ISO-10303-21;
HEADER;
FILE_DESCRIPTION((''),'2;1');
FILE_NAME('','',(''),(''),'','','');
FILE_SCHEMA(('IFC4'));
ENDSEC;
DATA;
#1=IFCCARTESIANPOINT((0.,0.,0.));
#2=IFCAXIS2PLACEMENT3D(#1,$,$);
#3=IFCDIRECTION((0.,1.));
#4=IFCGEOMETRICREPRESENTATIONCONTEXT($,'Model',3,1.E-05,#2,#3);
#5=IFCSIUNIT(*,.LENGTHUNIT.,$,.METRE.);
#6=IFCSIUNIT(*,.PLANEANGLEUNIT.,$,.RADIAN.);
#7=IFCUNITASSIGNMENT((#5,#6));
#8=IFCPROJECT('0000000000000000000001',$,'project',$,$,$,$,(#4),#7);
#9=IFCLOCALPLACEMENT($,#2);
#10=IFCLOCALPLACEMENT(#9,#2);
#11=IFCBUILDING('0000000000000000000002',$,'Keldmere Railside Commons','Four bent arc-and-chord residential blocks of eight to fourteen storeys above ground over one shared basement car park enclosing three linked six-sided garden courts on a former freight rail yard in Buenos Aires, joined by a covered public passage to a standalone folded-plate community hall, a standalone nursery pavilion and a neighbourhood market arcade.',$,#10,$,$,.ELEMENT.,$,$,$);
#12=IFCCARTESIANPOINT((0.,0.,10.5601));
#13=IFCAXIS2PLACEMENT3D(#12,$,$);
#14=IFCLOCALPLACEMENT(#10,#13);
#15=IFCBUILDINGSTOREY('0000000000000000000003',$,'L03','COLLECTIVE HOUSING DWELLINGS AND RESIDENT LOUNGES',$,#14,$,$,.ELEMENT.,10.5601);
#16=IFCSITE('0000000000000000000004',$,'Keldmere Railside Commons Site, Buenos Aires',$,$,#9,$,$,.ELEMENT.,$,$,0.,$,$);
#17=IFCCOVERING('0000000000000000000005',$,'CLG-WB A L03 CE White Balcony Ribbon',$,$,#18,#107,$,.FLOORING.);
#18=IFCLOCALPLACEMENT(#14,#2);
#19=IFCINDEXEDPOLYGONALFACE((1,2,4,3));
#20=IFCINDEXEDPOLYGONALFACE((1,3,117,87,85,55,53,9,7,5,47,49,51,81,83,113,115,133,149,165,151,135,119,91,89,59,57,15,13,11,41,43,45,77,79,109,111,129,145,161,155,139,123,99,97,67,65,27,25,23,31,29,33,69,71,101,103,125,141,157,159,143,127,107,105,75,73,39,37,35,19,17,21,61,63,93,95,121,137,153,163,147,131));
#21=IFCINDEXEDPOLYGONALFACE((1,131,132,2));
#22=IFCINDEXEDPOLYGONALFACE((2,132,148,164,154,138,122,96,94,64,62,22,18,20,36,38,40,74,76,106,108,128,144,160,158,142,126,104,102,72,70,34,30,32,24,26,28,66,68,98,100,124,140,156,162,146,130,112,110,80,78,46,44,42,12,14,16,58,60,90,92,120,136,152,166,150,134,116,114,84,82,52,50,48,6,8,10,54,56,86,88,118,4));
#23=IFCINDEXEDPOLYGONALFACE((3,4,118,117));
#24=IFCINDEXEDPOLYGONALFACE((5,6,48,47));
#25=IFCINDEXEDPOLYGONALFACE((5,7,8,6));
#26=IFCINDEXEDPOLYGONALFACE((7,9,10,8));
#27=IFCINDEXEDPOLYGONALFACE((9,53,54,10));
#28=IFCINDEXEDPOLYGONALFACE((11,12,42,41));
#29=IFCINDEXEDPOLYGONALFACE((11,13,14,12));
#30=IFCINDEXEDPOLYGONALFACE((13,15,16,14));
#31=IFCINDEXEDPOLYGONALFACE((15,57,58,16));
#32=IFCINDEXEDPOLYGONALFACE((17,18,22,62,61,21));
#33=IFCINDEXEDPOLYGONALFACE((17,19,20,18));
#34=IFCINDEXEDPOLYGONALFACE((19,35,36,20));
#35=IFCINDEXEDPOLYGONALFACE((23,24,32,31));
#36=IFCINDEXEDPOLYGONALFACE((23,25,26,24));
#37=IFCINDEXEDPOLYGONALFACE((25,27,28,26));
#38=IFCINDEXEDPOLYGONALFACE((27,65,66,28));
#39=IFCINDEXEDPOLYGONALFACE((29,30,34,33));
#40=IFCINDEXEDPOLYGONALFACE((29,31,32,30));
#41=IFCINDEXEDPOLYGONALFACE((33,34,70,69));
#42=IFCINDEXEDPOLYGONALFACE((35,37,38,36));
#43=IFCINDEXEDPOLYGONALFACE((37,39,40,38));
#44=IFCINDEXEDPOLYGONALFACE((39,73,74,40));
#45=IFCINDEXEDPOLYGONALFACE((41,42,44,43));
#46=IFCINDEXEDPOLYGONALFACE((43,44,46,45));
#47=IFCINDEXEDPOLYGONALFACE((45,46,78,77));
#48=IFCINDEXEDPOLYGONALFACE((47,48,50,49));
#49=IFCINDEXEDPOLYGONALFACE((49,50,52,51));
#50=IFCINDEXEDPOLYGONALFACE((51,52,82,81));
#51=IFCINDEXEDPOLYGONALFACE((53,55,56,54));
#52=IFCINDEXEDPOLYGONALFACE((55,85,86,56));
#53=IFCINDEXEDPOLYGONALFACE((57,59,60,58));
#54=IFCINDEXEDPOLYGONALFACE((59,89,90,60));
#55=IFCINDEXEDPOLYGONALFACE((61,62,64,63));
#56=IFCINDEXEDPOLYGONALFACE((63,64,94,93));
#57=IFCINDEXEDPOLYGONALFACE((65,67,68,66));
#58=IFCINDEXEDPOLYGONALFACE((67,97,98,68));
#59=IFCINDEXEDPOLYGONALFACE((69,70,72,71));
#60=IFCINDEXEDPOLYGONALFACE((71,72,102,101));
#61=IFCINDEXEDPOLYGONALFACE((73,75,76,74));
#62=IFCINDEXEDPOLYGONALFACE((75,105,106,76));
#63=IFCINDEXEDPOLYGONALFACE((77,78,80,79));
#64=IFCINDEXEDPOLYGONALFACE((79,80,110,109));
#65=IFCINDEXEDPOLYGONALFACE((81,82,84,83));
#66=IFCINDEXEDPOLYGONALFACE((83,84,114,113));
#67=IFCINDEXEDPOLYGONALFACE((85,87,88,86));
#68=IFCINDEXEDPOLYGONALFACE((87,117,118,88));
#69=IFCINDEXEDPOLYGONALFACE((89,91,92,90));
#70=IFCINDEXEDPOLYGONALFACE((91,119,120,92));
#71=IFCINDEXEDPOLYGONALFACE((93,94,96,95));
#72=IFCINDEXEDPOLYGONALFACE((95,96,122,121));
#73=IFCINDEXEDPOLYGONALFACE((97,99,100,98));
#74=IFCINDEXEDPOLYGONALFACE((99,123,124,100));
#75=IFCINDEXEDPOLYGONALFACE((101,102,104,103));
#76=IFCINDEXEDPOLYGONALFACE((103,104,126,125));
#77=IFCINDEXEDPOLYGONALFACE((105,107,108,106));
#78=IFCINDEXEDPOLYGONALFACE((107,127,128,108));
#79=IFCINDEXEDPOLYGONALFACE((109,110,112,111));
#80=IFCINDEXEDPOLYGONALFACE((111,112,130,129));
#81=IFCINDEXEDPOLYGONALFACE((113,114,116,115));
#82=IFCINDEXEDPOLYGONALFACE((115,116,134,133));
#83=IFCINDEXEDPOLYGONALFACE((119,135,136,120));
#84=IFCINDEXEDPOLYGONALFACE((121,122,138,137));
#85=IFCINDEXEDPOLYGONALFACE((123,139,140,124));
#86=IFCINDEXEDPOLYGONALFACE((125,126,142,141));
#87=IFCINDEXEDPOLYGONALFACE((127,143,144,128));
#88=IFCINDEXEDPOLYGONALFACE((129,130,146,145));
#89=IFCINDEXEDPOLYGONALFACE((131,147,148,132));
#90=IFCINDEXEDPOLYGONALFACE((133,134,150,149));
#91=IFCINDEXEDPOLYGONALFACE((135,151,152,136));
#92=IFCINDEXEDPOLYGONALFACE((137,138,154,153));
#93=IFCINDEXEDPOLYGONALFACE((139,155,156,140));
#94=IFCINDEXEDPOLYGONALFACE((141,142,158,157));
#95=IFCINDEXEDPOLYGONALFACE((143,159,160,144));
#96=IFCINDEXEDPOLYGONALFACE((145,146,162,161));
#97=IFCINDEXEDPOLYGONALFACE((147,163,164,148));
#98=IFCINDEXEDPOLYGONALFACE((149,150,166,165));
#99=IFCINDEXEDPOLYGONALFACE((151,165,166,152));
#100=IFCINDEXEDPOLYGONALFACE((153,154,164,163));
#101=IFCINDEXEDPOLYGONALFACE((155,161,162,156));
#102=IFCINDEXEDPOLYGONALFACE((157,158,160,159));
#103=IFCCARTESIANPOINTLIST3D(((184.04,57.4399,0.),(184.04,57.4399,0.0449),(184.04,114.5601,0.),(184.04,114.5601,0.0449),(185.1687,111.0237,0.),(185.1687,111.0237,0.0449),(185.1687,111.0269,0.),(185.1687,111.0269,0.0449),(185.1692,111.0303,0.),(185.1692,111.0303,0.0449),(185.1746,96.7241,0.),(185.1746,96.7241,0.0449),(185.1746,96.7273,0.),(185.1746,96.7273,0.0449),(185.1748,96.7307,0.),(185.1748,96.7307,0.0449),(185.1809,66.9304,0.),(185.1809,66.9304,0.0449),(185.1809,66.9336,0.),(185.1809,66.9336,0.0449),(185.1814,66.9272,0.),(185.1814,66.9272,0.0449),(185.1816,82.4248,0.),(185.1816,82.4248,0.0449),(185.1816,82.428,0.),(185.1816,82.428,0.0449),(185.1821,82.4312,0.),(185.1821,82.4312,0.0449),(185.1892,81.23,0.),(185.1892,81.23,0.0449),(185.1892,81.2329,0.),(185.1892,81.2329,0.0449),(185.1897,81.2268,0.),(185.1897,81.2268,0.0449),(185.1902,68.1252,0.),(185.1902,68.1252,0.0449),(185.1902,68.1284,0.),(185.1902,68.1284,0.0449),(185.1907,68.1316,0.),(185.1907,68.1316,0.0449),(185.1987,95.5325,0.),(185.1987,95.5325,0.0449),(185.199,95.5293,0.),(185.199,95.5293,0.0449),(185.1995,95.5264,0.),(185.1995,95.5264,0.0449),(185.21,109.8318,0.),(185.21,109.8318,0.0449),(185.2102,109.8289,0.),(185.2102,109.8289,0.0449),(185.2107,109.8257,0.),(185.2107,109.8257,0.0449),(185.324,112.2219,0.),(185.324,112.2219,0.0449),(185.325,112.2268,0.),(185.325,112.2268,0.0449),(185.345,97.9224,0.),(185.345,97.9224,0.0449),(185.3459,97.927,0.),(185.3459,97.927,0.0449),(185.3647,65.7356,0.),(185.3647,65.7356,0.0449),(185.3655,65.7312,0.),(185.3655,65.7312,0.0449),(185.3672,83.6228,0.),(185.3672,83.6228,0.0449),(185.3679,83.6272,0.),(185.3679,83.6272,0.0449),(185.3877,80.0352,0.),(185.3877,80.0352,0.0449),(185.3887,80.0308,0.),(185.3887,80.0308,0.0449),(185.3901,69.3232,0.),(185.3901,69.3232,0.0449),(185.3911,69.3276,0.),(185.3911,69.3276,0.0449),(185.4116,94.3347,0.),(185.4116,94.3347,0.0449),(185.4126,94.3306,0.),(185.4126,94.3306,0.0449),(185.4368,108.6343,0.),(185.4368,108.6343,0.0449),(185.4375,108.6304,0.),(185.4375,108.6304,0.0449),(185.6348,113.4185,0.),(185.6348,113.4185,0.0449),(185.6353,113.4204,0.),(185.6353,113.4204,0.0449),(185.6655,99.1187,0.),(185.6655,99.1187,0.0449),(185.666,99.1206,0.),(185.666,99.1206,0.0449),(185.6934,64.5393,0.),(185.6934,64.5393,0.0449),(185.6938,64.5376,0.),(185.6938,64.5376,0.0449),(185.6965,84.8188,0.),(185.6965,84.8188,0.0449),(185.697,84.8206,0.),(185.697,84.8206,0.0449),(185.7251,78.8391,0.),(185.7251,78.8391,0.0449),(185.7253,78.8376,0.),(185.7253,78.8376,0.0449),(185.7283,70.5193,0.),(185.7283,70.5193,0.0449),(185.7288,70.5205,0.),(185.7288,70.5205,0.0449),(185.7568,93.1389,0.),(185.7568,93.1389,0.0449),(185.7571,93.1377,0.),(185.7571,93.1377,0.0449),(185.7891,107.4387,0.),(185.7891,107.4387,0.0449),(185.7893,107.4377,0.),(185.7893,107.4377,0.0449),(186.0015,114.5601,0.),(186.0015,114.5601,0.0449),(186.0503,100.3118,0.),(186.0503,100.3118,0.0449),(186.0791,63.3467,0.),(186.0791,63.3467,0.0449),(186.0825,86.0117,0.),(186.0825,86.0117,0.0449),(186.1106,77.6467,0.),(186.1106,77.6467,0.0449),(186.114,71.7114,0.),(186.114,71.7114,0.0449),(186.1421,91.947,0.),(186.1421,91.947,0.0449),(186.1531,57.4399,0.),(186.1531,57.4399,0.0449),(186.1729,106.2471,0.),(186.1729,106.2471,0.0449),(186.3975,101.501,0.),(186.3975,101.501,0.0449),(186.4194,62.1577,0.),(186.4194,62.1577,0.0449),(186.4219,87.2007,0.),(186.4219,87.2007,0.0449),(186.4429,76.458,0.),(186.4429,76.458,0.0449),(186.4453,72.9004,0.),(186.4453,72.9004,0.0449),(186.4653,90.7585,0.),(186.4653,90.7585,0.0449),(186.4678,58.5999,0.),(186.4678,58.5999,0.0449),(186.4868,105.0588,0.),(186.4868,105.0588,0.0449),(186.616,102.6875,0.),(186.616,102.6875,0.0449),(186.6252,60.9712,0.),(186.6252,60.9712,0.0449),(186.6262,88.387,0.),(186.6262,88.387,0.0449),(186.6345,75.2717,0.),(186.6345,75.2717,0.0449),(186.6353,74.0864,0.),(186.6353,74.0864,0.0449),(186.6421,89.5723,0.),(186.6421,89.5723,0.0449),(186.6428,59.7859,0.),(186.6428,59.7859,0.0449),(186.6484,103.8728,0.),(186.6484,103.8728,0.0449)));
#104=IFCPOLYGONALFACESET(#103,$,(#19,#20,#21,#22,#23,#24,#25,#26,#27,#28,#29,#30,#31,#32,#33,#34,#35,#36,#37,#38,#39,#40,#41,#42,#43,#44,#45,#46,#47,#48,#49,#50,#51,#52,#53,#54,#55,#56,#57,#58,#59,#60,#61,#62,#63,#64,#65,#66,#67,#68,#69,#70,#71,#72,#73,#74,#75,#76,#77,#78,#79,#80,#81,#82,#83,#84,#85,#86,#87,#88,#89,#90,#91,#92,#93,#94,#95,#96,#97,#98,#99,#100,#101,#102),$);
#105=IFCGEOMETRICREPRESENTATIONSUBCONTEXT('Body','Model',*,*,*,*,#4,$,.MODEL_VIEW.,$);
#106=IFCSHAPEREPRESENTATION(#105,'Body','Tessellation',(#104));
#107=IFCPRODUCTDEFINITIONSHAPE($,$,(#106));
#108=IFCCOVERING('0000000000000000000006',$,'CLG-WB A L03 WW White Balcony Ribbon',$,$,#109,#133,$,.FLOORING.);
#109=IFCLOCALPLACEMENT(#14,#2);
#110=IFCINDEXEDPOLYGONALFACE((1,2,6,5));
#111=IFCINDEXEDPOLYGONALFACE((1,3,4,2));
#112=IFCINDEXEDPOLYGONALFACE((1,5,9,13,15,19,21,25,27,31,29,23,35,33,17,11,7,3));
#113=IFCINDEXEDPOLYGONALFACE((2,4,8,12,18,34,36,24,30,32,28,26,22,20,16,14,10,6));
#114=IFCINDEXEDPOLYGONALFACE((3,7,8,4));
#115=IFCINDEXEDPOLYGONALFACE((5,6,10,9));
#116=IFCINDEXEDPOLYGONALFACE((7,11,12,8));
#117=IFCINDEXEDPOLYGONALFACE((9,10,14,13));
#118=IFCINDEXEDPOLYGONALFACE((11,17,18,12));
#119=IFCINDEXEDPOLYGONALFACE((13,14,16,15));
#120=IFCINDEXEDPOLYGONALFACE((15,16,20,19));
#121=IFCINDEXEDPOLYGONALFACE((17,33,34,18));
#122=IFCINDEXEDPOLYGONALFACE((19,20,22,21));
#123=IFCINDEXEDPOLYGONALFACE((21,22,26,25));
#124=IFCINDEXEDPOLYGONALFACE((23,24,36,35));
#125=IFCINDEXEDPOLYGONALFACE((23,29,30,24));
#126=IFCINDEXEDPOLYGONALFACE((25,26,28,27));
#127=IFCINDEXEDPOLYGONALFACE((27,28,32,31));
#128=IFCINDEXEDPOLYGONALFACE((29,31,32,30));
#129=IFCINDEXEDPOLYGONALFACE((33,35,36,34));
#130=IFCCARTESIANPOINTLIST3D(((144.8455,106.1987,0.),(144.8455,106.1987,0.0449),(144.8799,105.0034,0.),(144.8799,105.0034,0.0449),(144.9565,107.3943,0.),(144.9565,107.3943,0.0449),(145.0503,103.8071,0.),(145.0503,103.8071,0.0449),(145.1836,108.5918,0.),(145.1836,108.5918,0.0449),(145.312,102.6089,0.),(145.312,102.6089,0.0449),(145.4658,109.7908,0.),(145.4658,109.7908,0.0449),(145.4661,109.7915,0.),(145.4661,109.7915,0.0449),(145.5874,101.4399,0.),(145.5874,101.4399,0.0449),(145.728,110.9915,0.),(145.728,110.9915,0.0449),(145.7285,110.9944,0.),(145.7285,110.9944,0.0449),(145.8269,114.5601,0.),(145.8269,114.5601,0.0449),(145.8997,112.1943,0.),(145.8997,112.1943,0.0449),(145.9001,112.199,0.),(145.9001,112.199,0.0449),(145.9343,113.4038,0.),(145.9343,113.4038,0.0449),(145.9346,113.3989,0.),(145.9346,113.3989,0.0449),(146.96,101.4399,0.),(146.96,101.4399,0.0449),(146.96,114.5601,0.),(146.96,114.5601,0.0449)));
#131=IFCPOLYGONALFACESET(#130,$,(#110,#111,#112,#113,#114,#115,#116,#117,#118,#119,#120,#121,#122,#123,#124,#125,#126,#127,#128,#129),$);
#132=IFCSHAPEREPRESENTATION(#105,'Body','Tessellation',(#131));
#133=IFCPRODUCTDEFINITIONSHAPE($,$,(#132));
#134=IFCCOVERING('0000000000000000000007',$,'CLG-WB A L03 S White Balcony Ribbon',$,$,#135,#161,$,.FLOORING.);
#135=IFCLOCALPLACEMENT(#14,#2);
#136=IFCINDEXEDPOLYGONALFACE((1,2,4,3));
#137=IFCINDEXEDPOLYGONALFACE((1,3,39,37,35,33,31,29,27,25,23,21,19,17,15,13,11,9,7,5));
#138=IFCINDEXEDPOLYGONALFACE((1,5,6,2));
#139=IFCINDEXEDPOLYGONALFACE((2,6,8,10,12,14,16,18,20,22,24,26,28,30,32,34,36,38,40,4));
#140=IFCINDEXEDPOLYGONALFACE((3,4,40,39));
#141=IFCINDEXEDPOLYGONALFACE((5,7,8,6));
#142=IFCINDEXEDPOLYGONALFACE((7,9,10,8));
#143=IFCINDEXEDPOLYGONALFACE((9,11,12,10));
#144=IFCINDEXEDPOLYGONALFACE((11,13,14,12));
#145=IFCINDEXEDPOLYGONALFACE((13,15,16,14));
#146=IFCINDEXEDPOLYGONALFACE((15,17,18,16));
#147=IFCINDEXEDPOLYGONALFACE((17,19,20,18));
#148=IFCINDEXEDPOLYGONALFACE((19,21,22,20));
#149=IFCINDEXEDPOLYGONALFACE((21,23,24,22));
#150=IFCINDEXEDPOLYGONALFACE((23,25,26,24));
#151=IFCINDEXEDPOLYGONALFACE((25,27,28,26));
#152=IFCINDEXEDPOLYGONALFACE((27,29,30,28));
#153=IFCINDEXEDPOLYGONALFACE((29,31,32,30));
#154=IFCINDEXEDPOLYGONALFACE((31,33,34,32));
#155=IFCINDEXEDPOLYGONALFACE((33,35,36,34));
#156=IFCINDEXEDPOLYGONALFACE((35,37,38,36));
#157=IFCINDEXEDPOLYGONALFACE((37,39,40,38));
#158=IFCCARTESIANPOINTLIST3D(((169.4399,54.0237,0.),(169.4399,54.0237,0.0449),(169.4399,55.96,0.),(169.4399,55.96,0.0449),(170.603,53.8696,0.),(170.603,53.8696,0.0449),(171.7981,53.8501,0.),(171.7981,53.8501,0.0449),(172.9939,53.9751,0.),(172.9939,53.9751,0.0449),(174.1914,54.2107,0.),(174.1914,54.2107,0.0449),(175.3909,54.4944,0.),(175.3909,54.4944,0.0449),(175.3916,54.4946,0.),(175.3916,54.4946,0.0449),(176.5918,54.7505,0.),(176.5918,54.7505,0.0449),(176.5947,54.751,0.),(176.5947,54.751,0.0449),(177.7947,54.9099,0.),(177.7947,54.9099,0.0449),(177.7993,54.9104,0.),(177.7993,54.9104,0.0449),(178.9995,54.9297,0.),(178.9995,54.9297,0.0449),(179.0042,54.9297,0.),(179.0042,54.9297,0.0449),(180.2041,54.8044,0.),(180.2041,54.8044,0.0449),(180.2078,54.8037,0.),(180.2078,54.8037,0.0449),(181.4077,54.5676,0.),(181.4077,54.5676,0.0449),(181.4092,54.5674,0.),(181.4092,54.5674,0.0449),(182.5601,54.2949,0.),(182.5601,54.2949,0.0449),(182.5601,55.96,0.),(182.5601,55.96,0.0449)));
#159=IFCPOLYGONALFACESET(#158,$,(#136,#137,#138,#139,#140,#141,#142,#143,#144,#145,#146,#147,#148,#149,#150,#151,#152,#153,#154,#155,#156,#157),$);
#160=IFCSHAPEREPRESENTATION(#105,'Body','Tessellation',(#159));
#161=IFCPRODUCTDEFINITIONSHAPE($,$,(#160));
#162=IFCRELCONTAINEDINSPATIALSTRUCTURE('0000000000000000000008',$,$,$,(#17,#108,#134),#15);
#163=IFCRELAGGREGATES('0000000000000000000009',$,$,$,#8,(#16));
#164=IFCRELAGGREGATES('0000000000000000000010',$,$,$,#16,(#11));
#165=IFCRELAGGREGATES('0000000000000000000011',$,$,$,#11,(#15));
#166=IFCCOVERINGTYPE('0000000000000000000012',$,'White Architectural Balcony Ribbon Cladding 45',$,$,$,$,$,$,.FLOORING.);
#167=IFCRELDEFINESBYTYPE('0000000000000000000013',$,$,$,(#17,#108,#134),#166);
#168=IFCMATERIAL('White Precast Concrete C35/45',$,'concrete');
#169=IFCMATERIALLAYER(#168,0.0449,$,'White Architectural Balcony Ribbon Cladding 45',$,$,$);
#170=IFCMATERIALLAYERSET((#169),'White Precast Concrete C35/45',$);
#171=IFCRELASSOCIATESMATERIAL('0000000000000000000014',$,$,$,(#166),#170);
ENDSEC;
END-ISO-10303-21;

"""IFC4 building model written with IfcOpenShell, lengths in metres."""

from ifc_helpers import new_model, si_unit, direction, frame, origin, place, context, subcontext, project, spatial, polyline, outline, extrude, material, layer, layer_set, type_object, element, save


model = new_model("IFC4")

# Units and contexts
model_context = context("Model", 3, precision=1e-05, world=origin(), true_north=direction((0.0, 1.0)))
body_context = subcontext(model_context, "Body", "Model", "MODEL_VIEW")
ifc_project = project(units=[si_unit("LENGTHUNIT", "METRE"), si_unit("PLANEANGLEUNIT", "RADIAN")], contexts=[model_context])

# Site, building, storey
site_placement = place(None, origin())
site = spatial("IfcSite", under=ifc_project, at=site_placement, Name="Keldmere Railside Commons Site, Buenos Aires", CompositionType="ELEMENT", RefElevation=0.0)
building_placement = place(site_placement, origin())
building = spatial("IfcBuilding", under=site, at=building_placement, Name="Keldmere Railside Commons", Description="Four bent arc-and-chord residential blocks of eight to fourteen storeys above ground over one shared basement car park enclosing three linked six-sided garden courts on a former freight rail yard in Buenos Aires, joined by a covered public passage to a standalone folded-plate community hall, a standalone nursery pavilion and a neighbourhood market arcade.", CompositionType="ELEMENT")
storey_placement = place(building_placement, frame((0.0, 0.0, 10.5601)))
storey = spatial("IfcBuildingStorey", under=building, at=storey_placement, Name="L03", Description="COLLECTIVE HOUSING DWELLINGS AND RESIDENT LOUNGES", CompositionType="ELEMENT", Elevation=10.5601)

# Coverings
ifc_material_1 = material(Name="White Precast Concrete C35/45", Category="concrete")
ifc_layer_1 = layer(ifc_material_1, 0.0449, Name="White Architectural Balcony Ribbon Cladding 45")
ifc_layer_set_1 = layer_set([ifc_layer_1], Name="White Precast Concrete C35/45")
covering_type_1 = type_object("IfcCoveringType", Name="White Architectural Balcony Ribbon Cladding 45", PredefinedType="FLOORING", material=ifc_layer_set_1)
covering_1_placement = place(storey_placement, origin())
element("IfcCovering", 1, at=covering_1_placement, inside=storey, type_object=covering_type_1, Name="CLG-WB A L03 CE White Balcony Ribbon", PredefinedType="FLOORING", context=body_context, shape_type="SweptSolid", body=[
    extrude(outline(polyline([(186.4678, 58.5999), (186.6428, 59.7859), (186.6252, 60.9712), (186.4194, 62.1577), (186.0791, 63.3467), (185.6938, 64.5376), (185.6934, 64.5393), (185.3655, 65.7312), (185.3647, 65.7356), (185.1814, 66.9272), (185.1809, 66.9304), (185.1809, 66.9336), (185.1902, 68.1252), (185.1902, 68.1284), (185.1907, 68.1316), (185.3901, 69.3232), (185.3911, 69.3276), (185.7283, 70.5193), (185.7288, 70.5205), (186.114, 71.7114), (186.4453, 72.9004), (186.6353, 74.0864), (186.6345, 75.2717), (186.4429, 76.458), (186.1106, 77.6467), (185.7253, 78.8376), (185.7251, 78.8391), (185.3887, 80.0308), (185.3877, 80.0352), (185.1897, 81.2268), (185.1892, 81.23), (185.1892, 81.2329), (185.1816, 82.4248), (185.1816, 82.428), (185.1821, 82.4312), (185.3672, 83.6228), (185.3679, 83.6272), (185.6965, 84.8188), (185.697, 84.8206), (186.0825, 86.0117), (186.4219, 87.2007), (186.6262, 88.387), (186.6421, 89.5723), (186.4653, 90.7585), (186.1421, 91.947), (185.7571, 93.1377), (185.7568, 93.1389), (185.4126, 94.3306), (185.4116, 94.3347), (185.1995, 95.5264), (185.199, 95.5293), (185.1987, 95.5325), (185.1746, 96.7241), (185.1746, 96.7273), (185.1748, 96.7307), (185.345, 97.9224), (185.3459, 97.927), (185.6655, 99.1187), (185.666, 99.1206), (186.0503, 100.3118), (186.3975, 101.501), (186.616, 102.6875), (186.6484, 103.8728), (186.4868, 105.0588), (186.1729, 106.2471), (185.7893, 107.4377), (185.7891, 107.4387), (185.4375, 108.6304), (185.4368, 108.6343), (185.2107, 109.8257), (185.2102, 109.8289), (185.21, 109.8318), (185.1687, 111.0237), (185.1687, 111.0269), (185.1692, 111.0303), (185.324, 112.2219), (185.325, 112.2268), (185.6348, 113.4185), (185.6353, 113.4204), (186.0015, 114.5601), (184.04, 114.5601), (184.04, 57.4399), (186.1531, 57.4399), (186.4678, 58.5999)])), origin(), (0.0, 0.0, 1.0), 0.0449),
])
covering_2_placement = place(storey_placement, origin())
element("IfcCovering", 2, at=covering_2_placement, inside=storey, type_object=covering_type_1, Name="CLG-WB A L03 WW White Balcony Ribbon", PredefinedType="FLOORING", context=body_context, shape_type="SweptSolid", body=[
    extrude(outline(polyline([(146.96, 114.5601), (145.8269, 114.5601), (145.9343, 113.4038), (145.9346, 113.3989), (145.9001, 112.199), (145.8997, 112.1943), (145.7285, 110.9944), (145.728, 110.9915), (145.4661, 109.7915), (145.4658, 109.7908), (145.1836, 108.5918), (144.9565, 107.3943), (144.8455, 106.1987), (144.8799, 105.0034), (145.0503, 103.8071), (145.312, 102.6089), (145.5874, 101.4399), (146.96, 101.4399), (146.96, 114.5601)])), origin(), (0.0, 0.0, 1.0), 0.0449),
])
covering_3_placement = place(storey_placement, origin())
element("IfcCovering", 3, at=covering_3_placement, inside=storey, type_object=covering_type_1, Name="CLG-WB A L03 S White Balcony Ribbon", PredefinedType="FLOORING", context=body_context, shape_type="SweptSolid", body=[
    extrude(outline(polyline([(170.603, 53.8696), (171.7981, 53.8501), (172.9939, 53.9751), (174.1914, 54.2107), (175.3909, 54.4944), (175.3916, 54.4946), (176.5918, 54.7505), (176.5947, 54.751), (177.7947, 54.9099), (177.7993, 54.9104), (178.9995, 54.9297), (179.0042, 54.9297), (180.2041, 54.8044), (180.2078, 54.8037), (181.4077, 54.5676), (181.4092, 54.5674), (182.5601, 54.2949), (182.5601, 55.96), (169.4399, 55.96), (169.4399, 54.0237), (170.603, 53.8696)])), origin(), (0.0, 0.0, 1.0), 0.0449),
])

save(model, "model.ifc")
